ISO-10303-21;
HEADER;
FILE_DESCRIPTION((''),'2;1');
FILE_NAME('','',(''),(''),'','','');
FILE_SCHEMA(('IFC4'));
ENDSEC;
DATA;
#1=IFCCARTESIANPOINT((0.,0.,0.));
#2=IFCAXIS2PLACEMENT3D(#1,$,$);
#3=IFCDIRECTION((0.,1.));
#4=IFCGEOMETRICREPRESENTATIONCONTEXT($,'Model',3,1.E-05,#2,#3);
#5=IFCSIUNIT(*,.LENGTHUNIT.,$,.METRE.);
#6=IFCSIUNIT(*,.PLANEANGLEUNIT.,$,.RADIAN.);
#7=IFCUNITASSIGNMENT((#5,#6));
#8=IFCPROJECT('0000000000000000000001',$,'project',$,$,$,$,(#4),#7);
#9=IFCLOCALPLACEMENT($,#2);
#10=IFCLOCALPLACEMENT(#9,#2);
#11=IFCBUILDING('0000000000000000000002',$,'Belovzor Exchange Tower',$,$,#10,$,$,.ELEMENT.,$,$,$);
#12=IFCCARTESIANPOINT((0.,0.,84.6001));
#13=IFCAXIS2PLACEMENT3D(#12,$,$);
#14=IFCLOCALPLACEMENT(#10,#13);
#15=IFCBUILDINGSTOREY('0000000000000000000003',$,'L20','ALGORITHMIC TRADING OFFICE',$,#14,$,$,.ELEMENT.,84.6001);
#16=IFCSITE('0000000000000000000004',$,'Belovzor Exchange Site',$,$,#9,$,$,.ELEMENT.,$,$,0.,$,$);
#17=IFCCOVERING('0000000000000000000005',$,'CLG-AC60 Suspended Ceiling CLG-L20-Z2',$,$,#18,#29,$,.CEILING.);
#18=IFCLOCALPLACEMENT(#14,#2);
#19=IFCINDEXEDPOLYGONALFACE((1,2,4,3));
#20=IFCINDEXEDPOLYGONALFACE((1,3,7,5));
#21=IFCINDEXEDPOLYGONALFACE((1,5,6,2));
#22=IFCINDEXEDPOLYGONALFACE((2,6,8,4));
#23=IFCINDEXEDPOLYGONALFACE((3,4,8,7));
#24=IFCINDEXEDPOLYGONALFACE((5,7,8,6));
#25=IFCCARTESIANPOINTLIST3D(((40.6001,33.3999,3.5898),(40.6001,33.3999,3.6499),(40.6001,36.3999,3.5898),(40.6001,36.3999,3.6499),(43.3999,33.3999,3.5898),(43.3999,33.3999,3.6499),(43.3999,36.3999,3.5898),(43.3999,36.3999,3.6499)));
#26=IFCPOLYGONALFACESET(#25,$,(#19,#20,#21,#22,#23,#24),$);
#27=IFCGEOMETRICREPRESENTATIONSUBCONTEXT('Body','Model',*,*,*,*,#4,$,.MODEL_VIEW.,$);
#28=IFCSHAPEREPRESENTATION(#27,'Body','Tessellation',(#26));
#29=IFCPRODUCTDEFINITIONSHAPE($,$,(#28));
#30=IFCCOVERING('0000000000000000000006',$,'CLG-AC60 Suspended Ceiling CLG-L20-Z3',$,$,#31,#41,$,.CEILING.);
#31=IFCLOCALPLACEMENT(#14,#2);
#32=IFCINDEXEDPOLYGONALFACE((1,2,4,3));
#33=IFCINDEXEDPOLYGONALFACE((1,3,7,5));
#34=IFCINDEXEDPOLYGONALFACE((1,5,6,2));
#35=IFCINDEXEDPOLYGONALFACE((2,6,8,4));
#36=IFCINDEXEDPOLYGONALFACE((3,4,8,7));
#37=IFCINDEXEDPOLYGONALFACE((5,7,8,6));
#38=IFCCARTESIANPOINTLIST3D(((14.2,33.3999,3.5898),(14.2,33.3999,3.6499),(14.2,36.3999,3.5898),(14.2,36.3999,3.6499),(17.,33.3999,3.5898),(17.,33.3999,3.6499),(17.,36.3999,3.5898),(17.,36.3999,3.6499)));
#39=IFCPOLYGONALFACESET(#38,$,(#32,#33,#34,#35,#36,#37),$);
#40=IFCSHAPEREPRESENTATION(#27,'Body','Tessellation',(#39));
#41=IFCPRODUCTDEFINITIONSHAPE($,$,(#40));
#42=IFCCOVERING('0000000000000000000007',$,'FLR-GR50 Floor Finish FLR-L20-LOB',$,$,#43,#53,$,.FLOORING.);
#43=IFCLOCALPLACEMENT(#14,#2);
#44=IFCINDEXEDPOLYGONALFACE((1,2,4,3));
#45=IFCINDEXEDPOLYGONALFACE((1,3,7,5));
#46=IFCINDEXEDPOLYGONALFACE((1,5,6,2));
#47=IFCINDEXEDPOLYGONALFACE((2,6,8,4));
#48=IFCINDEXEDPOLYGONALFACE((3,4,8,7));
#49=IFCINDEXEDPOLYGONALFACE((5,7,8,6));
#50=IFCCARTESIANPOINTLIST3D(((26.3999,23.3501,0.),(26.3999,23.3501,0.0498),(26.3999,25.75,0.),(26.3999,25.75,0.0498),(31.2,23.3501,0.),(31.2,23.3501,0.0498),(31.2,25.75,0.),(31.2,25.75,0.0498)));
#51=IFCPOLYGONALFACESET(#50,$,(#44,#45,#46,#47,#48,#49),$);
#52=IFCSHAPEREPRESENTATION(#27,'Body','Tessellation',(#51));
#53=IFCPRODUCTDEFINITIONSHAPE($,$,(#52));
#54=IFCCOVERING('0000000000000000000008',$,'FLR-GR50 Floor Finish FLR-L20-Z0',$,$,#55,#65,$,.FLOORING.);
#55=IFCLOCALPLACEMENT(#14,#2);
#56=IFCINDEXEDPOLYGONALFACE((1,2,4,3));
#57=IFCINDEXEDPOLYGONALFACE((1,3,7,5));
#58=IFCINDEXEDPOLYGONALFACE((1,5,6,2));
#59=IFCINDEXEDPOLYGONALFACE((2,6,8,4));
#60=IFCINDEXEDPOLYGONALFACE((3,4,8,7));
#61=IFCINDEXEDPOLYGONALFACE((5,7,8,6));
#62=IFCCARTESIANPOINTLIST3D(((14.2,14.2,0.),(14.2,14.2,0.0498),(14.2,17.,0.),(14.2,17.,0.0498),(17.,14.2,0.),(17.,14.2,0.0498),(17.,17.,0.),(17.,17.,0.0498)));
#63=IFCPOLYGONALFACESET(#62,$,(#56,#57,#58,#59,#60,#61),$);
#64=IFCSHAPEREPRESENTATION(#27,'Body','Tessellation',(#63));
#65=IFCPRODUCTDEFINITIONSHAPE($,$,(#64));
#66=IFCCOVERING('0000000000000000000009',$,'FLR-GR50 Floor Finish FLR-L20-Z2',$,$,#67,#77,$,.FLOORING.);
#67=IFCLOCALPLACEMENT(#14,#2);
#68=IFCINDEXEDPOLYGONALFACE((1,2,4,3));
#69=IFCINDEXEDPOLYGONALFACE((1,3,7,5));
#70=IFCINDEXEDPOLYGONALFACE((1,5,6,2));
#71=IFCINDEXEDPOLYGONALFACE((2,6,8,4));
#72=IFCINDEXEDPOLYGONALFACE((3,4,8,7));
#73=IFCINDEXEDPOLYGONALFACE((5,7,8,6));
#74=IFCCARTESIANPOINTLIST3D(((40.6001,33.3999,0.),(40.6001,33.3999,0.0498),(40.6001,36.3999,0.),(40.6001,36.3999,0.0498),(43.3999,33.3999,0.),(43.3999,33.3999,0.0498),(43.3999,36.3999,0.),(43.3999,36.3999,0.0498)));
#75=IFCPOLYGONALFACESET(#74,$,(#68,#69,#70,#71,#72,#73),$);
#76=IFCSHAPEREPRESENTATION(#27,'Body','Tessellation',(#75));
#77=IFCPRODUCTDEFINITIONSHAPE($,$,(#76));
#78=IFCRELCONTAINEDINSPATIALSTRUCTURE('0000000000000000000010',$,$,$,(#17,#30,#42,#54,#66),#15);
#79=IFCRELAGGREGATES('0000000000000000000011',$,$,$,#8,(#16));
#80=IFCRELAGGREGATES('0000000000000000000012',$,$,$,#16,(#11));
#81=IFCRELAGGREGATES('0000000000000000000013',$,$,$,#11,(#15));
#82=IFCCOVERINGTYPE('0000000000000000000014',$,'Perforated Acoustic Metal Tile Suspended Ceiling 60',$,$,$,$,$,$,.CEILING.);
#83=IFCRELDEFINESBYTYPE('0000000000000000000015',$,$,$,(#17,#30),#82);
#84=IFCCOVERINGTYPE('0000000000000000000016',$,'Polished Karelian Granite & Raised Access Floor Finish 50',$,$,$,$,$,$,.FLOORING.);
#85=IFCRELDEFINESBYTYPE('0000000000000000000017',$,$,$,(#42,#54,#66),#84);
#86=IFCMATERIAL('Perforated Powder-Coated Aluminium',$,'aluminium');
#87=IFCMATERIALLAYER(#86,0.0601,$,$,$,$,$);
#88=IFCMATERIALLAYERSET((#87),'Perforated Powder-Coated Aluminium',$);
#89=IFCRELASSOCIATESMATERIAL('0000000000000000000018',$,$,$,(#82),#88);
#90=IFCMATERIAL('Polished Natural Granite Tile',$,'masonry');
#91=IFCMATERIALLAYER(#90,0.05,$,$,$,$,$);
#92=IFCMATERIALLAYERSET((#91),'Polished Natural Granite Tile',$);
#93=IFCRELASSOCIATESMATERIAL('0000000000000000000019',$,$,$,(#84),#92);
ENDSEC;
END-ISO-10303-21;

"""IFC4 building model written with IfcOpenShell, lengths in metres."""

from ifc_helpers import new_model, si_unit, direction, frame, origin, place, context, subcontext, project, spatial, polyline, outline, extrude, material, layer, layer_set, type_object, element, save


model = new_model("IFC4")

# Units and contexts
model_context = context("Model", 3, precision=1e-05, world=origin(), true_north=direction((0.0, 1.0)))
body_context = subcontext(model_context, "Body", "Model", "MODEL_VIEW")
ifc_project = project(units=[si_unit("LENGTHUNIT", "METRE"), si_unit("PLANEANGLEUNIT", "RADIAN")], contexts=[model_context])

# Site, building, storey
site_placement = place(None, origin())
site = spatial("IfcSite", under=ifc_project, at=site_placement, Name="Belovzor Exchange Site", CompositionType="ELEMENT", RefElevation=0.0)
building_placement = place(site_placement, origin())
building = spatial("IfcBuilding", under=site, at=building_placement, Name="Belovzor Exchange Tower", CompositionType="ELEMENT")
storey_placement = place(building_placement, frame((0.0, 0.0, 84.6001)))
storey = spatial("IfcBuildingStorey", under=building, at=storey_placement, Name="L20", Description="ALGORITHMIC TRADING OFFICE", CompositionType="ELEMENT", Elevation=84.6001)

# Coverings
ifc_material_1 = material(Name="Perforated Powder-Coated Aluminium", Category="aluminium")
ifc_layer_1 = layer(ifc_material_1, 0.0601)
ifc_layer_set_1 = layer_set([ifc_layer_1], Name="Perforated Powder-Coated Aluminium")
covering_type_1 = type_object("IfcCoveringType", Name="Perforated Acoustic Metal Tile Suspended Ceiling 60", PredefinedType="CEILING", material=ifc_layer_set_1)
covering_1_placement = place(storey_placement, frame((0.0, 0.0, 3.5898)))
element("IfcCovering", 1, at=covering_1_placement, inside=storey, type_object=covering_type_1, Name="CLG-AC60 Suspended Ceiling CLG-L20-Z2", PredefinedType="CEILING", context=body_context, shape_type="SweptSolid", body=[
    extrude(outline(polyline([(40.6001, 33.3999), (43.3999, 33.3999), (43.3999, 36.3999), (40.6001, 36.3999), (40.6001, 33.3999)])), origin(), (0.0, 0.0, 1.0), 0.0601),
])
covering_2_placement = place(storey_placement, frame((0.0, 0.0, 3.5898)))
element("IfcCovering", 2, at=covering_2_placement, inside=storey, type_object=covering_type_1, Name="CLG-AC60 Suspended Ceiling CLG-L20-Z3", PredefinedType="CEILING", context=body_context, shape_type="SweptSolid", body=[
    extrude(outline(polyline([(14.2, 33.3999), (17.0, 33.3999), (17.0, 36.3999), (14.2, 36.3999), (14.2, 33.3999)])), origin(), (0.0, 0.0, 1.0), 0.0601),
])
ifc_material_2 = material(Name="Polished Natural Granite Tile", Category="masonry")
ifc_layer_2 = layer(ifc_material_2, 0.05)
ifc_layer_set_2 = layer_set([ifc_layer_2], Name="Polished Natural Granite Tile")
covering_type_2 = type_object("IfcCoveringType", Name="Polished Karelian Granite & Raised Access Floor Finish 50", PredefinedType="FLOORING", material=ifc_layer_set_2)
covering_3_placement = place(storey_placement, origin())
element("IfcCovering", 3, at=covering_3_placement, inside=storey, type_object=covering_type_2, Name="FLR-GR50 Floor Finish FLR-L20-LOB", PredefinedType="FLOORING", context=body_context, shape_type="SweptSolid", body=[
    extrude(outline(polyline([(26.3999, 23.3501), (31.2, 23.3501), (31.2, 25.75), (26.3999, 25.75), (26.3999, 23.3501)])), origin(), (0.0, 0.0, 1.0), 0.0498),
])
covering_4_placement = place(storey_placement, origin())
element("IfcCovering", 4, at=covering_4_placement, inside=storey, type_object=covering_type_2, Name="FLR-GR50 Floor Finish FLR-L20-Z0", PredefinedType="FLOORING", context=body_context, shape_type="SweptSolid", body=[
    extrude(outline(polyline([(14.2, 14.2), (17.0, 14.2), (17.0, 17.0), (14.2, 17.0), (14.2, 14.2)])), origin(), (0.0, 0.0, 1.0), 0.0498),
])
covering_5_placement = place(storey_placement, origin())
element("IfcCovering", 5, at=covering_5_placement, inside=storey, type_object=covering_type_2, Name="FLR-GR50 Floor Finish FLR-L20-Z2", PredefinedType="FLOORING", context=body_context, shape_type="SweptSolid", body=[
    extrude(outline(polyline([(40.6001, 33.3999), (43.3999, 33.3999), (43.3999, 36.3999), (40.6001, 36.3999), (40.6001, 33.3999)])), origin(), (0.0, 0.0, 1.0), 0.0498),
])

save(model, "model.ifc")
